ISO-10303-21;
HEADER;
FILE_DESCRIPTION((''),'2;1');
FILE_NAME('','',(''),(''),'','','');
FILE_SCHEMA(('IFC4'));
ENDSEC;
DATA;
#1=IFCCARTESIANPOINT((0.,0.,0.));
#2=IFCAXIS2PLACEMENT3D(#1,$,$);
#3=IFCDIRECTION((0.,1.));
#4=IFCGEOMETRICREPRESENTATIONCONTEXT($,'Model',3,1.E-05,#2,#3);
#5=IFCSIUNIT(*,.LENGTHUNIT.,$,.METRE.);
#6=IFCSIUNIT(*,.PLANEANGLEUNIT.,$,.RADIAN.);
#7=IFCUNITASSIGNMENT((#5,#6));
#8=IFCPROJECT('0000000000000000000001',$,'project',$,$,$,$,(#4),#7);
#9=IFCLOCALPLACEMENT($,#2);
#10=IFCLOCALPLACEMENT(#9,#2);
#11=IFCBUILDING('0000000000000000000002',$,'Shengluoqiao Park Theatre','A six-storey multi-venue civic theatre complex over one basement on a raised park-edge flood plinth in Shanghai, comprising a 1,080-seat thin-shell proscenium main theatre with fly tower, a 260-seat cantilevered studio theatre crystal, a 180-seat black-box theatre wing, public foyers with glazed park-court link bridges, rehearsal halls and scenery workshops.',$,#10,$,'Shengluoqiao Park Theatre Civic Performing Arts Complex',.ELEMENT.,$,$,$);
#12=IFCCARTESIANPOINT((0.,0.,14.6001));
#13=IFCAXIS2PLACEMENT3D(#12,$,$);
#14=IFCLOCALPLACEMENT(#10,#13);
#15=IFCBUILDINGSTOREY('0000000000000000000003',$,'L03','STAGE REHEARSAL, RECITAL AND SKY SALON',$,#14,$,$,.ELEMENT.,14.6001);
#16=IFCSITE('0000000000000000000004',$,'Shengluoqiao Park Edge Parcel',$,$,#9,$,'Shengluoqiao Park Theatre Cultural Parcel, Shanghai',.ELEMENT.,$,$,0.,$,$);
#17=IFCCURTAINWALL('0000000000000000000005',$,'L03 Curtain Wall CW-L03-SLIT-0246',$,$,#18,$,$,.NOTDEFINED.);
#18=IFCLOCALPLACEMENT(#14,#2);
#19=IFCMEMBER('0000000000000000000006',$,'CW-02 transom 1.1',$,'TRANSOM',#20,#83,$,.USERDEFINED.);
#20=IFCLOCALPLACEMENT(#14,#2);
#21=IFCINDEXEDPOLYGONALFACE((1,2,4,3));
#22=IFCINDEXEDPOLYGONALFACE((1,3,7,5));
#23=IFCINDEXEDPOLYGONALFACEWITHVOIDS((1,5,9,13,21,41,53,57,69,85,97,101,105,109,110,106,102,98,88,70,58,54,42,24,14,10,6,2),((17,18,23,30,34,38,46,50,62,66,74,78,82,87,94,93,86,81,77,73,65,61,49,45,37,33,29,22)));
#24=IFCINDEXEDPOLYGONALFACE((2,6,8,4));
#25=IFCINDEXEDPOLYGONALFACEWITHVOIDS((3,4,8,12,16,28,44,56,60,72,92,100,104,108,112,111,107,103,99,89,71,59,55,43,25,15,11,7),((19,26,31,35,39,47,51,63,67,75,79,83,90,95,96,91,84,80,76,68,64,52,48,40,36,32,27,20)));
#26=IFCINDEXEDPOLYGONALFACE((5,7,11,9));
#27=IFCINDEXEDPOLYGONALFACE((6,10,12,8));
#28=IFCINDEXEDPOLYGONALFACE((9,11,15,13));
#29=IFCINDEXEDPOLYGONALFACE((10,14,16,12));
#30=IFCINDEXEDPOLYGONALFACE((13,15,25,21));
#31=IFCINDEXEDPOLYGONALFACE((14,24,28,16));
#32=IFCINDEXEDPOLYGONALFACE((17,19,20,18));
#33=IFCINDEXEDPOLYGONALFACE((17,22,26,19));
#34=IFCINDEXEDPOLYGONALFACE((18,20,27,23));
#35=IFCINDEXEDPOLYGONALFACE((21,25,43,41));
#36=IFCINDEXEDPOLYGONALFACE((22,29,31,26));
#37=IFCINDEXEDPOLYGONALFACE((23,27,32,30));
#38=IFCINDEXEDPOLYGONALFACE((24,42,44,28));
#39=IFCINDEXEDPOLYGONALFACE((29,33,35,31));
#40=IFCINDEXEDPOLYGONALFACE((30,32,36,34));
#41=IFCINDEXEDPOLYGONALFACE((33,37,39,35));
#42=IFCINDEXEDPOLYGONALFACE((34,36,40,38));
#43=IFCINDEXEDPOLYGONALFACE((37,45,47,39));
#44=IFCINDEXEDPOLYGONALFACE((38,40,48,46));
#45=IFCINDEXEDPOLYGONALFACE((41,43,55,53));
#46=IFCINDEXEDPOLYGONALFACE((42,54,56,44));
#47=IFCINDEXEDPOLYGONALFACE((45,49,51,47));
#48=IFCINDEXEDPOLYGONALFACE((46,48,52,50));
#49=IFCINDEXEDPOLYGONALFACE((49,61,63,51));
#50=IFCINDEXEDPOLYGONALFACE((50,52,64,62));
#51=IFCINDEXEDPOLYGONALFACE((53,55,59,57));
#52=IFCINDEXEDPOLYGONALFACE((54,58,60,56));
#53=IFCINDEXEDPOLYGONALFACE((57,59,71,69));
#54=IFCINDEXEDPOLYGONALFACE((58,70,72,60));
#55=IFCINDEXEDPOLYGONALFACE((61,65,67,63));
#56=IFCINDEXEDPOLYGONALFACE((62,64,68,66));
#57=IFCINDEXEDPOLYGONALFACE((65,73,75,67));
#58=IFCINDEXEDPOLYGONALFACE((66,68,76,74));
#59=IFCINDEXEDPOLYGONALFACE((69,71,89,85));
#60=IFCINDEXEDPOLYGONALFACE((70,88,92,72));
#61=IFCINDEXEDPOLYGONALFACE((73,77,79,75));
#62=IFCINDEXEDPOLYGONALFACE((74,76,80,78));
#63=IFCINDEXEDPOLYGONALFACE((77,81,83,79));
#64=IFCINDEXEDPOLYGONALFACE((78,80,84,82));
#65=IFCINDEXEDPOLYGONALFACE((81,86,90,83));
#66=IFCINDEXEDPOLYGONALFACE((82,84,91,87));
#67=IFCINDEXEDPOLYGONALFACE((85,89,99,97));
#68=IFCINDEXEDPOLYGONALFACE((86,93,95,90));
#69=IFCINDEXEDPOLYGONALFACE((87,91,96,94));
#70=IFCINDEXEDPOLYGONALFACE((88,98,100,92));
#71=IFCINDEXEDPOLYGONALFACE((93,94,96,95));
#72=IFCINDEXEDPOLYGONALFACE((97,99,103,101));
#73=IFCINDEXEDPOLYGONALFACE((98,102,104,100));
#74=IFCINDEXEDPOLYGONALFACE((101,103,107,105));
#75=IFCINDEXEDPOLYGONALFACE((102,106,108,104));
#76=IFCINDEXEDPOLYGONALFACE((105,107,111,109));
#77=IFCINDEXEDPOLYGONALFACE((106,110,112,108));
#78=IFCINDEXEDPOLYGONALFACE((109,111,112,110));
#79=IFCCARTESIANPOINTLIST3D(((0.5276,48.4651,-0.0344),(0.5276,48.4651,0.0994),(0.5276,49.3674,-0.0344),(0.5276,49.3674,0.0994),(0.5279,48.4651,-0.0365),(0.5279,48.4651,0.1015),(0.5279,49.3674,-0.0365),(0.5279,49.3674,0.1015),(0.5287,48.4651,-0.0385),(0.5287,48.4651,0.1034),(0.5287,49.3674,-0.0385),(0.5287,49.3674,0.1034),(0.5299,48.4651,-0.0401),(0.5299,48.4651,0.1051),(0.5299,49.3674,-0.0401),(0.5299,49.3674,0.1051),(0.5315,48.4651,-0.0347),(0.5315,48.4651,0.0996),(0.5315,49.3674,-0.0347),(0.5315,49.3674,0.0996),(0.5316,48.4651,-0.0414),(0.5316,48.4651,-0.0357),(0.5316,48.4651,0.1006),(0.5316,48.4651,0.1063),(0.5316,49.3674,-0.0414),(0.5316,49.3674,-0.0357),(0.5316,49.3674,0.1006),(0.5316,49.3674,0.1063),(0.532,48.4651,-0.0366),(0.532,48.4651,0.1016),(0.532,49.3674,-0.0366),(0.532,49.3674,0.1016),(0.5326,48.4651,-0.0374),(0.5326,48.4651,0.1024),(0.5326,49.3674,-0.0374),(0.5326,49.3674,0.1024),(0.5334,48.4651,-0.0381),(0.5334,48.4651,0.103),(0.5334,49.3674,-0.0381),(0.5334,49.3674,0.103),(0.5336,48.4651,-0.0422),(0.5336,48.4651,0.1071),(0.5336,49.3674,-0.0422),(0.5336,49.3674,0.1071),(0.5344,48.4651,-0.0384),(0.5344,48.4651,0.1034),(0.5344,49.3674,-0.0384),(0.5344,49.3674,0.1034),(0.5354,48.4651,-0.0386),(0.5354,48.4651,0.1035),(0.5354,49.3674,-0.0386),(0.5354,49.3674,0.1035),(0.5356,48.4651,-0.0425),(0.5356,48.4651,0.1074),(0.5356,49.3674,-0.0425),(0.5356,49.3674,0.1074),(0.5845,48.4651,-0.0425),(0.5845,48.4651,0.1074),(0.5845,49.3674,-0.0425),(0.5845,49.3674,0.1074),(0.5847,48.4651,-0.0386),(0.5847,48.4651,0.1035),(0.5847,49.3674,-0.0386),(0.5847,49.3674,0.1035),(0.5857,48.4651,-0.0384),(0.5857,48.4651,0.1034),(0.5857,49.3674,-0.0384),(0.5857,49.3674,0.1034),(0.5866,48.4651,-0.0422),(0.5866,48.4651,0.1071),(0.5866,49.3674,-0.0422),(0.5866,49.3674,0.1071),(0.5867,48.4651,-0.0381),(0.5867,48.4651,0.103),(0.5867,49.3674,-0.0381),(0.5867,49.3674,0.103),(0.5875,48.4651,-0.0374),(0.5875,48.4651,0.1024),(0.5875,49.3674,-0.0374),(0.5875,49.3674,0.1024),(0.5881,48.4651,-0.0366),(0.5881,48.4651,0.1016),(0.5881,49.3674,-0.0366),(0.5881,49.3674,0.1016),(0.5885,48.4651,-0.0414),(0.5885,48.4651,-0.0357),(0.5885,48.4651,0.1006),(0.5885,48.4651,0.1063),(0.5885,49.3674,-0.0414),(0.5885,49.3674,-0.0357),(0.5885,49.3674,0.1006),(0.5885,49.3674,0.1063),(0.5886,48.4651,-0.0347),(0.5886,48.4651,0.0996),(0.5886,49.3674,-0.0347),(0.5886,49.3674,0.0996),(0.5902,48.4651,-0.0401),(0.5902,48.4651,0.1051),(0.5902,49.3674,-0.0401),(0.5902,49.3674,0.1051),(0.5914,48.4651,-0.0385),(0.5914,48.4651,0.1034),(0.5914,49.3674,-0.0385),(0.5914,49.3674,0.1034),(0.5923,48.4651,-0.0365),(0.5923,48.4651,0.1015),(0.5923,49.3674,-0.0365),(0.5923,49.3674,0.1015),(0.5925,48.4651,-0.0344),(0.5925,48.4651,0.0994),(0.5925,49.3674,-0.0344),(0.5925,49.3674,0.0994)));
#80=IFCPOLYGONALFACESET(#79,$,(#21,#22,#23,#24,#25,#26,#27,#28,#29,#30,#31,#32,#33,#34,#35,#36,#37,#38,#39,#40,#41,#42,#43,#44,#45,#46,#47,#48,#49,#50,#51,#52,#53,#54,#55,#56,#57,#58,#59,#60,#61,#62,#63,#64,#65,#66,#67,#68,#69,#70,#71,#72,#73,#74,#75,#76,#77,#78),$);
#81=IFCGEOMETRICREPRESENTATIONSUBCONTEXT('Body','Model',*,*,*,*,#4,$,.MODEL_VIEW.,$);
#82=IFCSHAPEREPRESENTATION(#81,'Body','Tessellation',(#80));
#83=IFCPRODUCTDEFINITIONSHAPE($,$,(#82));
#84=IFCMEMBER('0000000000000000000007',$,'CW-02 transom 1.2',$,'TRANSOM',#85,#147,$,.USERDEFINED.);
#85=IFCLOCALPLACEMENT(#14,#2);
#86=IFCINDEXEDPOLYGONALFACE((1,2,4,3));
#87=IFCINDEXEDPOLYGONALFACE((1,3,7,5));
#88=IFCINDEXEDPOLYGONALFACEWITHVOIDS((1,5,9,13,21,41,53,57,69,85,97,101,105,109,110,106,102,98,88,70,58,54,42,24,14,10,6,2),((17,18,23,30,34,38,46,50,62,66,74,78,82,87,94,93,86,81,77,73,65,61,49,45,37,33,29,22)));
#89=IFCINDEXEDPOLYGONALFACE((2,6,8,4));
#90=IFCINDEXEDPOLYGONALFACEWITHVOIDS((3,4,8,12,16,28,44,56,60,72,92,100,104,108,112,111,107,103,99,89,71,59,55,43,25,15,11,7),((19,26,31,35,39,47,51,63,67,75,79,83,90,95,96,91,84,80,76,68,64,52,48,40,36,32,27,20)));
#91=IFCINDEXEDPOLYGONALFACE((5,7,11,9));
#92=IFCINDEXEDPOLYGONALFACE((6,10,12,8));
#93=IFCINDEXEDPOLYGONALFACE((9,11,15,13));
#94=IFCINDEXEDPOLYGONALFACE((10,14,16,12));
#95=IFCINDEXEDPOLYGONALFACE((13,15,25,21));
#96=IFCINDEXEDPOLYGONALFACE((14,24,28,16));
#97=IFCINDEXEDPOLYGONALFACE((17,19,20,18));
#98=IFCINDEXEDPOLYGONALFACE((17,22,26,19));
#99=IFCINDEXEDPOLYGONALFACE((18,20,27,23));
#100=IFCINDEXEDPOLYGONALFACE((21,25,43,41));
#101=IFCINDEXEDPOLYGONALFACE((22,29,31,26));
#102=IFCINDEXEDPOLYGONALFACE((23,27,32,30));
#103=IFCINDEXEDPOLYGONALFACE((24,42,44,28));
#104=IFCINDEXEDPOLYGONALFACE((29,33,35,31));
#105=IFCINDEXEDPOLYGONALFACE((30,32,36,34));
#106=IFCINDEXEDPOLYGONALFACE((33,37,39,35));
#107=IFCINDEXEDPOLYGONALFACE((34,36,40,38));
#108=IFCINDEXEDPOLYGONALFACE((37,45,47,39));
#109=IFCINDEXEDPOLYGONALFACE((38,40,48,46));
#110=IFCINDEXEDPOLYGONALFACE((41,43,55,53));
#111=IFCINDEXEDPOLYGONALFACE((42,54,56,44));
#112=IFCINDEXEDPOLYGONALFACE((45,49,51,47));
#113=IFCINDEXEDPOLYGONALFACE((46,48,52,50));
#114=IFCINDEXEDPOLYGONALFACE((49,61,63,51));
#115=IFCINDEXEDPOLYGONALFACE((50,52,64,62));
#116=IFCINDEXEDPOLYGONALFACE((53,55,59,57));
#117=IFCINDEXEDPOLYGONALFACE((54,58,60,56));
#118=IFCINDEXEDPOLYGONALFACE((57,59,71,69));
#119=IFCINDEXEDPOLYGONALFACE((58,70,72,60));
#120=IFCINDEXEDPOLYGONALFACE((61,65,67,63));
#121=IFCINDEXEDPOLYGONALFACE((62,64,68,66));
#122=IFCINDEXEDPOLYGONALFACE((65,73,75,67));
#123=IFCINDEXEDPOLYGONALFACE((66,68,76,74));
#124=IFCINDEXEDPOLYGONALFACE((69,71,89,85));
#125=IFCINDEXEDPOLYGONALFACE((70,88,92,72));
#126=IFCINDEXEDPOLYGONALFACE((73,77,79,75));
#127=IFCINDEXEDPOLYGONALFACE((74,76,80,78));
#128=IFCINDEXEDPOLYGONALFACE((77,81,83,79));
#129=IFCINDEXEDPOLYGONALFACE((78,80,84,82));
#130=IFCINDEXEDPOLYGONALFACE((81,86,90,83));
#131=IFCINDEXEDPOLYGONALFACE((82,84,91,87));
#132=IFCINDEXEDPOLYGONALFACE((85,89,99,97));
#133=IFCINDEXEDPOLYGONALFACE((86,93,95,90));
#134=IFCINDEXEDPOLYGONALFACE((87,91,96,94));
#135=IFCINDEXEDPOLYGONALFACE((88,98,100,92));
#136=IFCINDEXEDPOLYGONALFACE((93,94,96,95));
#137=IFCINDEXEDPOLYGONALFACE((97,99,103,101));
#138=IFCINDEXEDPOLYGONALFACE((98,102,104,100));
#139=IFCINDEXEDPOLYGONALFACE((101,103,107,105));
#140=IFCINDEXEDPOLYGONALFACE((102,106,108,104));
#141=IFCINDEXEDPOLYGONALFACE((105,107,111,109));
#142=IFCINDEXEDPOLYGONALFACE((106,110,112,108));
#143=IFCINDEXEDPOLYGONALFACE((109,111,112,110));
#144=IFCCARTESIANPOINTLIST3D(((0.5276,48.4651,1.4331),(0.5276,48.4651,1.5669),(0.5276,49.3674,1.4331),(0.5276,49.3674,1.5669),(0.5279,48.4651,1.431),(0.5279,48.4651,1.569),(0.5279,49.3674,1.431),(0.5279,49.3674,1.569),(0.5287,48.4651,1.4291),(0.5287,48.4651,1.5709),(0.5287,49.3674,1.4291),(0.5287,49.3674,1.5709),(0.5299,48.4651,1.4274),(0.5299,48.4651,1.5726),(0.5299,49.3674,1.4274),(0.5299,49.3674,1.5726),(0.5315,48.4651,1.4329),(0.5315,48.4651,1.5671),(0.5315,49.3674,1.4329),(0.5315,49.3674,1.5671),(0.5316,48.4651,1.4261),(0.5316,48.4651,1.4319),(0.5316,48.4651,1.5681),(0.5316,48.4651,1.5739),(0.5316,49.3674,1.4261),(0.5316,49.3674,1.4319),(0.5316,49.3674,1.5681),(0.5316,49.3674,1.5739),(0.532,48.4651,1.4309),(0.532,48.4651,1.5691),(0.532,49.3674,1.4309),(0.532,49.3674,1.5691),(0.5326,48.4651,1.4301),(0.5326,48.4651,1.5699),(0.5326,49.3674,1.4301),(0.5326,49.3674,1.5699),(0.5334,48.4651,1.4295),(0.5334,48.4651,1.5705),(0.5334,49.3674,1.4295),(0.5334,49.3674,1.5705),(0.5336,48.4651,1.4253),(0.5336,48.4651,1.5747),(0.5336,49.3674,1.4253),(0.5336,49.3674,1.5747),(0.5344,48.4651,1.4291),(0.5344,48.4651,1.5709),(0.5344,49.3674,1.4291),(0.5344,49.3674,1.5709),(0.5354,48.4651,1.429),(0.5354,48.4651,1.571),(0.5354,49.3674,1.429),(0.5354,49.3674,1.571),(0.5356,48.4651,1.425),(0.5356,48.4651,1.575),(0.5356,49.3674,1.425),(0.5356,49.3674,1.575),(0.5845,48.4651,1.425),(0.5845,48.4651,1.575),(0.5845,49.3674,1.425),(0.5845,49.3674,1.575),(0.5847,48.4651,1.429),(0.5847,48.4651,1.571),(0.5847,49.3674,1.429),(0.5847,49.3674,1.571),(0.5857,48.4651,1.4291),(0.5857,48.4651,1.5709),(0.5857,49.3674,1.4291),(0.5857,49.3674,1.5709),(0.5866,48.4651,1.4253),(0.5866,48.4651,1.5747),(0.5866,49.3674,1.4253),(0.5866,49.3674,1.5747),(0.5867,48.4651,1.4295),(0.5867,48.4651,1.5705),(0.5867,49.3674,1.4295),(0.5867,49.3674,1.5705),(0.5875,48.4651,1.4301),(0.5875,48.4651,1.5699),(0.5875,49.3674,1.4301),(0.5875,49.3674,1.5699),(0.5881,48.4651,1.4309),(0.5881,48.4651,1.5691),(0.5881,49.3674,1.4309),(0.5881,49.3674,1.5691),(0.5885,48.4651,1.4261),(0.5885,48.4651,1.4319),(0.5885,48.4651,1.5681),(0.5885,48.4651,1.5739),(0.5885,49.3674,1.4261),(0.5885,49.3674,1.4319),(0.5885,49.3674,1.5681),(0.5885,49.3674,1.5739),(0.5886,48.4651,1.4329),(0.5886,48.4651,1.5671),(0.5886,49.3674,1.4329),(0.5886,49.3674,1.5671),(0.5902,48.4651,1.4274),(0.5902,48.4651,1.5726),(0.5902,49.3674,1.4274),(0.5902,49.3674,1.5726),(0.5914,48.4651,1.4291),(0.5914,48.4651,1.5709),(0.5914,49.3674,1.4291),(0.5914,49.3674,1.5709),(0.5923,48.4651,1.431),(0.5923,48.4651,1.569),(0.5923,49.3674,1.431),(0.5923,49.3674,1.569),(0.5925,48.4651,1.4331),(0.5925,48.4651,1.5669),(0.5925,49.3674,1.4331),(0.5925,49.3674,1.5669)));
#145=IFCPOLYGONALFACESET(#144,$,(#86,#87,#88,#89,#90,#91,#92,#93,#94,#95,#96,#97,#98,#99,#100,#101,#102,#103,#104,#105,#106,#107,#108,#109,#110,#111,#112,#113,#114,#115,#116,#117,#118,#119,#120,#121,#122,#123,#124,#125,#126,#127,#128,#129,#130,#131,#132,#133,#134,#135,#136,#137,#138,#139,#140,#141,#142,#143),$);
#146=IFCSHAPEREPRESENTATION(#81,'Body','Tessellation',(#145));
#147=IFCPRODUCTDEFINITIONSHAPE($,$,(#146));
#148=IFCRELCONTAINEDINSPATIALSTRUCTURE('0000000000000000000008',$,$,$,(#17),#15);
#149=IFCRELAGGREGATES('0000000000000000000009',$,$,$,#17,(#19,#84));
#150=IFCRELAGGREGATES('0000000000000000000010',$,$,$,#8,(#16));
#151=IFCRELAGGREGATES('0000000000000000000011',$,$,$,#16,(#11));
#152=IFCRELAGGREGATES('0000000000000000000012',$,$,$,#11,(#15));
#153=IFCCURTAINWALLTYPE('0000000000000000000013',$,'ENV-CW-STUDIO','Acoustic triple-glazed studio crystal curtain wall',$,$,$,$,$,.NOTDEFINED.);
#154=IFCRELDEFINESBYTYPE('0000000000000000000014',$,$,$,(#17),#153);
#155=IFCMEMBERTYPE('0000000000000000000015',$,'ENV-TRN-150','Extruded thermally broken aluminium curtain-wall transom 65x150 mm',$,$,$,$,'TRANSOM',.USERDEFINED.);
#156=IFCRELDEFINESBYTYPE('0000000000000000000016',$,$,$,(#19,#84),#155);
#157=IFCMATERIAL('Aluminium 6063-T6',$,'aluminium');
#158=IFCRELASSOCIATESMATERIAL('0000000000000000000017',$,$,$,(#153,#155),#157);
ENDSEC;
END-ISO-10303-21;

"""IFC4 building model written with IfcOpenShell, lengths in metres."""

from ifc_helpers import new_model, si_unit, direction, frame, origin, origin_2d, place, context, subcontext, project, spatial, hollow_rectangle, extrude, material, material_profile, profile_set, type_object, element, aggregate, save


model = new_model("IFC4")

# Units and contexts
model_context = context("Model", 3, precision=1e-05, world=origin(), true_north=direction((0.0, 1.0)))
body_context = subcontext(model_context, "Body", "Model", "MODEL_VIEW")
ifc_project = project(units=[si_unit("LENGTHUNIT", "METRE"), si_unit("PLANEANGLEUNIT", "RADIAN")], contexts=[model_context])

# Site, building, storey
site_placement = place(None, origin())
site = spatial("IfcSite", under=ifc_project, at=site_placement, Name="Shengluoqiao Park Edge Parcel", LongName="Shengluoqiao Park Theatre Cultural Parcel, Shanghai", CompositionType="ELEMENT", RefElevation=0.0)
building_placement = place(site_placement, origin())
building = spatial("IfcBuilding", under=site, at=building_placement, Name="Shengluoqiao Park Theatre", Description="A six-storey multi-venue civic theatre complex over one basement on a raised park-edge flood plinth in Shanghai, comprising a 1,080-seat thin-shell proscenium main theatre with fly tower, a 260-seat cantilevered studio theatre crystal, a 180-seat black-box theatre wing, public foyers with glazed park-court link bridges, rehearsal halls and scenery workshops.", LongName="Shengluoqiao Park Theatre Civic Performing Arts Complex", CompositionType="ELEMENT")
storey_placement = place(building_placement, frame((0.0, 0.0, 14.6001)))
storey = spatial("IfcBuildingStorey", under=building, at=storey_placement, Name="L03", Description="STAGE REHEARSAL, RECITAL AND SKY SALON", CompositionType="ELEMENT", Elevation=14.6001)

# Shared definitions
ifc_material_1 = material(Name="Aluminium 6063-T6", Category="aluminium")
curtain_wall_type = type_object("IfcCurtainWallType", Name="ENV-CW-STUDIO", Description="Acoustic triple-glazed studio crystal curtain wall", PredefinedType="NOTDEFINED", material=ifc_material_1)

# Curtain wall, members
curtain_wall_1_placement = place(storey_placement, origin())
curtain_wall_1 = element("IfcCurtainWall", 1, at=curtain_wall_1_placement, inside=storey, type_object=curtain_wall_type, Name="L03 Curtain Wall CW-L03-SLIT-0246", PredefinedType="NOTDEFINED")
ifc_material_profile_1 = material_profile(ifc_material_1, hollow_rectangle(XDim=0.0649, YDim=0.1499, WallThickness=0.0039, InnerFilletRadius=0.0039, OuterFilletRadius=0.0081, at=origin_2d()), Name="ALU TRANSOM 150x65x4")
ifc_profile_set_1 = profile_set([ifc_material_profile_1], Name="Aluminium 6063-T6")
member_type_1 = type_object("IfcMemberType", Name="ENV-TRN-150", Description="Extruded thermally broken aluminium curtain-wall transom 65x150 mm", ElementType="TRANSOM", PredefinedType="USERDEFINED", material=ifc_profile_set_1)
member_1_placement = place(storey_placement, frame((0.5601, 48.4651, 0.0325), z_axis=(0.0, 1.0, 0.0), x_axis=(-1.0, 0.0, 0.0)))
member_1 = element("IfcMember", 2, at=member_1_placement, type_object=member_type_1, Name="CW-02 transom 1.1", ObjectType="TRANSOM", PredefinedType="USERDEFINED", context=body_context, shape_type="SweptSolid", body=[
    extrude(hollow_rectangle(XDim=0.0649, YDim=0.1499, WallThickness=0.0039, InnerFilletRadius=0.0039, OuterFilletRadius=0.0081, at=origin_2d()), origin(), (0.0, 0.0, 1.0), 0.9023),
])
member_2_placement = place(storey_placement, frame((0.5601, 48.4651, 1.5), z_axis=(0.0, 1.0, 0.0), x_axis=(-1.0, 0.0, 0.0)))
member_2 = element("IfcMember", 3, at=member_2_placement, type_object=member_type_1, Name="CW-02 transom 1.2", ObjectType="TRANSOM", PredefinedType="USERDEFINED", context=body_context, shape_type="SweptSolid", body=[
    extrude(hollow_rectangle(XDim=0.0649, YDim=0.1499, WallThickness=0.0039, InnerFilletRadius=0.0039, OuterFilletRadius=0.0081, at=origin_2d()), origin(), (0.0, 0.0, 1.0), 0.9023),
])

aggregate(curtain_wall_1, [member_1, member_2])

save(model, "model.ifc")
